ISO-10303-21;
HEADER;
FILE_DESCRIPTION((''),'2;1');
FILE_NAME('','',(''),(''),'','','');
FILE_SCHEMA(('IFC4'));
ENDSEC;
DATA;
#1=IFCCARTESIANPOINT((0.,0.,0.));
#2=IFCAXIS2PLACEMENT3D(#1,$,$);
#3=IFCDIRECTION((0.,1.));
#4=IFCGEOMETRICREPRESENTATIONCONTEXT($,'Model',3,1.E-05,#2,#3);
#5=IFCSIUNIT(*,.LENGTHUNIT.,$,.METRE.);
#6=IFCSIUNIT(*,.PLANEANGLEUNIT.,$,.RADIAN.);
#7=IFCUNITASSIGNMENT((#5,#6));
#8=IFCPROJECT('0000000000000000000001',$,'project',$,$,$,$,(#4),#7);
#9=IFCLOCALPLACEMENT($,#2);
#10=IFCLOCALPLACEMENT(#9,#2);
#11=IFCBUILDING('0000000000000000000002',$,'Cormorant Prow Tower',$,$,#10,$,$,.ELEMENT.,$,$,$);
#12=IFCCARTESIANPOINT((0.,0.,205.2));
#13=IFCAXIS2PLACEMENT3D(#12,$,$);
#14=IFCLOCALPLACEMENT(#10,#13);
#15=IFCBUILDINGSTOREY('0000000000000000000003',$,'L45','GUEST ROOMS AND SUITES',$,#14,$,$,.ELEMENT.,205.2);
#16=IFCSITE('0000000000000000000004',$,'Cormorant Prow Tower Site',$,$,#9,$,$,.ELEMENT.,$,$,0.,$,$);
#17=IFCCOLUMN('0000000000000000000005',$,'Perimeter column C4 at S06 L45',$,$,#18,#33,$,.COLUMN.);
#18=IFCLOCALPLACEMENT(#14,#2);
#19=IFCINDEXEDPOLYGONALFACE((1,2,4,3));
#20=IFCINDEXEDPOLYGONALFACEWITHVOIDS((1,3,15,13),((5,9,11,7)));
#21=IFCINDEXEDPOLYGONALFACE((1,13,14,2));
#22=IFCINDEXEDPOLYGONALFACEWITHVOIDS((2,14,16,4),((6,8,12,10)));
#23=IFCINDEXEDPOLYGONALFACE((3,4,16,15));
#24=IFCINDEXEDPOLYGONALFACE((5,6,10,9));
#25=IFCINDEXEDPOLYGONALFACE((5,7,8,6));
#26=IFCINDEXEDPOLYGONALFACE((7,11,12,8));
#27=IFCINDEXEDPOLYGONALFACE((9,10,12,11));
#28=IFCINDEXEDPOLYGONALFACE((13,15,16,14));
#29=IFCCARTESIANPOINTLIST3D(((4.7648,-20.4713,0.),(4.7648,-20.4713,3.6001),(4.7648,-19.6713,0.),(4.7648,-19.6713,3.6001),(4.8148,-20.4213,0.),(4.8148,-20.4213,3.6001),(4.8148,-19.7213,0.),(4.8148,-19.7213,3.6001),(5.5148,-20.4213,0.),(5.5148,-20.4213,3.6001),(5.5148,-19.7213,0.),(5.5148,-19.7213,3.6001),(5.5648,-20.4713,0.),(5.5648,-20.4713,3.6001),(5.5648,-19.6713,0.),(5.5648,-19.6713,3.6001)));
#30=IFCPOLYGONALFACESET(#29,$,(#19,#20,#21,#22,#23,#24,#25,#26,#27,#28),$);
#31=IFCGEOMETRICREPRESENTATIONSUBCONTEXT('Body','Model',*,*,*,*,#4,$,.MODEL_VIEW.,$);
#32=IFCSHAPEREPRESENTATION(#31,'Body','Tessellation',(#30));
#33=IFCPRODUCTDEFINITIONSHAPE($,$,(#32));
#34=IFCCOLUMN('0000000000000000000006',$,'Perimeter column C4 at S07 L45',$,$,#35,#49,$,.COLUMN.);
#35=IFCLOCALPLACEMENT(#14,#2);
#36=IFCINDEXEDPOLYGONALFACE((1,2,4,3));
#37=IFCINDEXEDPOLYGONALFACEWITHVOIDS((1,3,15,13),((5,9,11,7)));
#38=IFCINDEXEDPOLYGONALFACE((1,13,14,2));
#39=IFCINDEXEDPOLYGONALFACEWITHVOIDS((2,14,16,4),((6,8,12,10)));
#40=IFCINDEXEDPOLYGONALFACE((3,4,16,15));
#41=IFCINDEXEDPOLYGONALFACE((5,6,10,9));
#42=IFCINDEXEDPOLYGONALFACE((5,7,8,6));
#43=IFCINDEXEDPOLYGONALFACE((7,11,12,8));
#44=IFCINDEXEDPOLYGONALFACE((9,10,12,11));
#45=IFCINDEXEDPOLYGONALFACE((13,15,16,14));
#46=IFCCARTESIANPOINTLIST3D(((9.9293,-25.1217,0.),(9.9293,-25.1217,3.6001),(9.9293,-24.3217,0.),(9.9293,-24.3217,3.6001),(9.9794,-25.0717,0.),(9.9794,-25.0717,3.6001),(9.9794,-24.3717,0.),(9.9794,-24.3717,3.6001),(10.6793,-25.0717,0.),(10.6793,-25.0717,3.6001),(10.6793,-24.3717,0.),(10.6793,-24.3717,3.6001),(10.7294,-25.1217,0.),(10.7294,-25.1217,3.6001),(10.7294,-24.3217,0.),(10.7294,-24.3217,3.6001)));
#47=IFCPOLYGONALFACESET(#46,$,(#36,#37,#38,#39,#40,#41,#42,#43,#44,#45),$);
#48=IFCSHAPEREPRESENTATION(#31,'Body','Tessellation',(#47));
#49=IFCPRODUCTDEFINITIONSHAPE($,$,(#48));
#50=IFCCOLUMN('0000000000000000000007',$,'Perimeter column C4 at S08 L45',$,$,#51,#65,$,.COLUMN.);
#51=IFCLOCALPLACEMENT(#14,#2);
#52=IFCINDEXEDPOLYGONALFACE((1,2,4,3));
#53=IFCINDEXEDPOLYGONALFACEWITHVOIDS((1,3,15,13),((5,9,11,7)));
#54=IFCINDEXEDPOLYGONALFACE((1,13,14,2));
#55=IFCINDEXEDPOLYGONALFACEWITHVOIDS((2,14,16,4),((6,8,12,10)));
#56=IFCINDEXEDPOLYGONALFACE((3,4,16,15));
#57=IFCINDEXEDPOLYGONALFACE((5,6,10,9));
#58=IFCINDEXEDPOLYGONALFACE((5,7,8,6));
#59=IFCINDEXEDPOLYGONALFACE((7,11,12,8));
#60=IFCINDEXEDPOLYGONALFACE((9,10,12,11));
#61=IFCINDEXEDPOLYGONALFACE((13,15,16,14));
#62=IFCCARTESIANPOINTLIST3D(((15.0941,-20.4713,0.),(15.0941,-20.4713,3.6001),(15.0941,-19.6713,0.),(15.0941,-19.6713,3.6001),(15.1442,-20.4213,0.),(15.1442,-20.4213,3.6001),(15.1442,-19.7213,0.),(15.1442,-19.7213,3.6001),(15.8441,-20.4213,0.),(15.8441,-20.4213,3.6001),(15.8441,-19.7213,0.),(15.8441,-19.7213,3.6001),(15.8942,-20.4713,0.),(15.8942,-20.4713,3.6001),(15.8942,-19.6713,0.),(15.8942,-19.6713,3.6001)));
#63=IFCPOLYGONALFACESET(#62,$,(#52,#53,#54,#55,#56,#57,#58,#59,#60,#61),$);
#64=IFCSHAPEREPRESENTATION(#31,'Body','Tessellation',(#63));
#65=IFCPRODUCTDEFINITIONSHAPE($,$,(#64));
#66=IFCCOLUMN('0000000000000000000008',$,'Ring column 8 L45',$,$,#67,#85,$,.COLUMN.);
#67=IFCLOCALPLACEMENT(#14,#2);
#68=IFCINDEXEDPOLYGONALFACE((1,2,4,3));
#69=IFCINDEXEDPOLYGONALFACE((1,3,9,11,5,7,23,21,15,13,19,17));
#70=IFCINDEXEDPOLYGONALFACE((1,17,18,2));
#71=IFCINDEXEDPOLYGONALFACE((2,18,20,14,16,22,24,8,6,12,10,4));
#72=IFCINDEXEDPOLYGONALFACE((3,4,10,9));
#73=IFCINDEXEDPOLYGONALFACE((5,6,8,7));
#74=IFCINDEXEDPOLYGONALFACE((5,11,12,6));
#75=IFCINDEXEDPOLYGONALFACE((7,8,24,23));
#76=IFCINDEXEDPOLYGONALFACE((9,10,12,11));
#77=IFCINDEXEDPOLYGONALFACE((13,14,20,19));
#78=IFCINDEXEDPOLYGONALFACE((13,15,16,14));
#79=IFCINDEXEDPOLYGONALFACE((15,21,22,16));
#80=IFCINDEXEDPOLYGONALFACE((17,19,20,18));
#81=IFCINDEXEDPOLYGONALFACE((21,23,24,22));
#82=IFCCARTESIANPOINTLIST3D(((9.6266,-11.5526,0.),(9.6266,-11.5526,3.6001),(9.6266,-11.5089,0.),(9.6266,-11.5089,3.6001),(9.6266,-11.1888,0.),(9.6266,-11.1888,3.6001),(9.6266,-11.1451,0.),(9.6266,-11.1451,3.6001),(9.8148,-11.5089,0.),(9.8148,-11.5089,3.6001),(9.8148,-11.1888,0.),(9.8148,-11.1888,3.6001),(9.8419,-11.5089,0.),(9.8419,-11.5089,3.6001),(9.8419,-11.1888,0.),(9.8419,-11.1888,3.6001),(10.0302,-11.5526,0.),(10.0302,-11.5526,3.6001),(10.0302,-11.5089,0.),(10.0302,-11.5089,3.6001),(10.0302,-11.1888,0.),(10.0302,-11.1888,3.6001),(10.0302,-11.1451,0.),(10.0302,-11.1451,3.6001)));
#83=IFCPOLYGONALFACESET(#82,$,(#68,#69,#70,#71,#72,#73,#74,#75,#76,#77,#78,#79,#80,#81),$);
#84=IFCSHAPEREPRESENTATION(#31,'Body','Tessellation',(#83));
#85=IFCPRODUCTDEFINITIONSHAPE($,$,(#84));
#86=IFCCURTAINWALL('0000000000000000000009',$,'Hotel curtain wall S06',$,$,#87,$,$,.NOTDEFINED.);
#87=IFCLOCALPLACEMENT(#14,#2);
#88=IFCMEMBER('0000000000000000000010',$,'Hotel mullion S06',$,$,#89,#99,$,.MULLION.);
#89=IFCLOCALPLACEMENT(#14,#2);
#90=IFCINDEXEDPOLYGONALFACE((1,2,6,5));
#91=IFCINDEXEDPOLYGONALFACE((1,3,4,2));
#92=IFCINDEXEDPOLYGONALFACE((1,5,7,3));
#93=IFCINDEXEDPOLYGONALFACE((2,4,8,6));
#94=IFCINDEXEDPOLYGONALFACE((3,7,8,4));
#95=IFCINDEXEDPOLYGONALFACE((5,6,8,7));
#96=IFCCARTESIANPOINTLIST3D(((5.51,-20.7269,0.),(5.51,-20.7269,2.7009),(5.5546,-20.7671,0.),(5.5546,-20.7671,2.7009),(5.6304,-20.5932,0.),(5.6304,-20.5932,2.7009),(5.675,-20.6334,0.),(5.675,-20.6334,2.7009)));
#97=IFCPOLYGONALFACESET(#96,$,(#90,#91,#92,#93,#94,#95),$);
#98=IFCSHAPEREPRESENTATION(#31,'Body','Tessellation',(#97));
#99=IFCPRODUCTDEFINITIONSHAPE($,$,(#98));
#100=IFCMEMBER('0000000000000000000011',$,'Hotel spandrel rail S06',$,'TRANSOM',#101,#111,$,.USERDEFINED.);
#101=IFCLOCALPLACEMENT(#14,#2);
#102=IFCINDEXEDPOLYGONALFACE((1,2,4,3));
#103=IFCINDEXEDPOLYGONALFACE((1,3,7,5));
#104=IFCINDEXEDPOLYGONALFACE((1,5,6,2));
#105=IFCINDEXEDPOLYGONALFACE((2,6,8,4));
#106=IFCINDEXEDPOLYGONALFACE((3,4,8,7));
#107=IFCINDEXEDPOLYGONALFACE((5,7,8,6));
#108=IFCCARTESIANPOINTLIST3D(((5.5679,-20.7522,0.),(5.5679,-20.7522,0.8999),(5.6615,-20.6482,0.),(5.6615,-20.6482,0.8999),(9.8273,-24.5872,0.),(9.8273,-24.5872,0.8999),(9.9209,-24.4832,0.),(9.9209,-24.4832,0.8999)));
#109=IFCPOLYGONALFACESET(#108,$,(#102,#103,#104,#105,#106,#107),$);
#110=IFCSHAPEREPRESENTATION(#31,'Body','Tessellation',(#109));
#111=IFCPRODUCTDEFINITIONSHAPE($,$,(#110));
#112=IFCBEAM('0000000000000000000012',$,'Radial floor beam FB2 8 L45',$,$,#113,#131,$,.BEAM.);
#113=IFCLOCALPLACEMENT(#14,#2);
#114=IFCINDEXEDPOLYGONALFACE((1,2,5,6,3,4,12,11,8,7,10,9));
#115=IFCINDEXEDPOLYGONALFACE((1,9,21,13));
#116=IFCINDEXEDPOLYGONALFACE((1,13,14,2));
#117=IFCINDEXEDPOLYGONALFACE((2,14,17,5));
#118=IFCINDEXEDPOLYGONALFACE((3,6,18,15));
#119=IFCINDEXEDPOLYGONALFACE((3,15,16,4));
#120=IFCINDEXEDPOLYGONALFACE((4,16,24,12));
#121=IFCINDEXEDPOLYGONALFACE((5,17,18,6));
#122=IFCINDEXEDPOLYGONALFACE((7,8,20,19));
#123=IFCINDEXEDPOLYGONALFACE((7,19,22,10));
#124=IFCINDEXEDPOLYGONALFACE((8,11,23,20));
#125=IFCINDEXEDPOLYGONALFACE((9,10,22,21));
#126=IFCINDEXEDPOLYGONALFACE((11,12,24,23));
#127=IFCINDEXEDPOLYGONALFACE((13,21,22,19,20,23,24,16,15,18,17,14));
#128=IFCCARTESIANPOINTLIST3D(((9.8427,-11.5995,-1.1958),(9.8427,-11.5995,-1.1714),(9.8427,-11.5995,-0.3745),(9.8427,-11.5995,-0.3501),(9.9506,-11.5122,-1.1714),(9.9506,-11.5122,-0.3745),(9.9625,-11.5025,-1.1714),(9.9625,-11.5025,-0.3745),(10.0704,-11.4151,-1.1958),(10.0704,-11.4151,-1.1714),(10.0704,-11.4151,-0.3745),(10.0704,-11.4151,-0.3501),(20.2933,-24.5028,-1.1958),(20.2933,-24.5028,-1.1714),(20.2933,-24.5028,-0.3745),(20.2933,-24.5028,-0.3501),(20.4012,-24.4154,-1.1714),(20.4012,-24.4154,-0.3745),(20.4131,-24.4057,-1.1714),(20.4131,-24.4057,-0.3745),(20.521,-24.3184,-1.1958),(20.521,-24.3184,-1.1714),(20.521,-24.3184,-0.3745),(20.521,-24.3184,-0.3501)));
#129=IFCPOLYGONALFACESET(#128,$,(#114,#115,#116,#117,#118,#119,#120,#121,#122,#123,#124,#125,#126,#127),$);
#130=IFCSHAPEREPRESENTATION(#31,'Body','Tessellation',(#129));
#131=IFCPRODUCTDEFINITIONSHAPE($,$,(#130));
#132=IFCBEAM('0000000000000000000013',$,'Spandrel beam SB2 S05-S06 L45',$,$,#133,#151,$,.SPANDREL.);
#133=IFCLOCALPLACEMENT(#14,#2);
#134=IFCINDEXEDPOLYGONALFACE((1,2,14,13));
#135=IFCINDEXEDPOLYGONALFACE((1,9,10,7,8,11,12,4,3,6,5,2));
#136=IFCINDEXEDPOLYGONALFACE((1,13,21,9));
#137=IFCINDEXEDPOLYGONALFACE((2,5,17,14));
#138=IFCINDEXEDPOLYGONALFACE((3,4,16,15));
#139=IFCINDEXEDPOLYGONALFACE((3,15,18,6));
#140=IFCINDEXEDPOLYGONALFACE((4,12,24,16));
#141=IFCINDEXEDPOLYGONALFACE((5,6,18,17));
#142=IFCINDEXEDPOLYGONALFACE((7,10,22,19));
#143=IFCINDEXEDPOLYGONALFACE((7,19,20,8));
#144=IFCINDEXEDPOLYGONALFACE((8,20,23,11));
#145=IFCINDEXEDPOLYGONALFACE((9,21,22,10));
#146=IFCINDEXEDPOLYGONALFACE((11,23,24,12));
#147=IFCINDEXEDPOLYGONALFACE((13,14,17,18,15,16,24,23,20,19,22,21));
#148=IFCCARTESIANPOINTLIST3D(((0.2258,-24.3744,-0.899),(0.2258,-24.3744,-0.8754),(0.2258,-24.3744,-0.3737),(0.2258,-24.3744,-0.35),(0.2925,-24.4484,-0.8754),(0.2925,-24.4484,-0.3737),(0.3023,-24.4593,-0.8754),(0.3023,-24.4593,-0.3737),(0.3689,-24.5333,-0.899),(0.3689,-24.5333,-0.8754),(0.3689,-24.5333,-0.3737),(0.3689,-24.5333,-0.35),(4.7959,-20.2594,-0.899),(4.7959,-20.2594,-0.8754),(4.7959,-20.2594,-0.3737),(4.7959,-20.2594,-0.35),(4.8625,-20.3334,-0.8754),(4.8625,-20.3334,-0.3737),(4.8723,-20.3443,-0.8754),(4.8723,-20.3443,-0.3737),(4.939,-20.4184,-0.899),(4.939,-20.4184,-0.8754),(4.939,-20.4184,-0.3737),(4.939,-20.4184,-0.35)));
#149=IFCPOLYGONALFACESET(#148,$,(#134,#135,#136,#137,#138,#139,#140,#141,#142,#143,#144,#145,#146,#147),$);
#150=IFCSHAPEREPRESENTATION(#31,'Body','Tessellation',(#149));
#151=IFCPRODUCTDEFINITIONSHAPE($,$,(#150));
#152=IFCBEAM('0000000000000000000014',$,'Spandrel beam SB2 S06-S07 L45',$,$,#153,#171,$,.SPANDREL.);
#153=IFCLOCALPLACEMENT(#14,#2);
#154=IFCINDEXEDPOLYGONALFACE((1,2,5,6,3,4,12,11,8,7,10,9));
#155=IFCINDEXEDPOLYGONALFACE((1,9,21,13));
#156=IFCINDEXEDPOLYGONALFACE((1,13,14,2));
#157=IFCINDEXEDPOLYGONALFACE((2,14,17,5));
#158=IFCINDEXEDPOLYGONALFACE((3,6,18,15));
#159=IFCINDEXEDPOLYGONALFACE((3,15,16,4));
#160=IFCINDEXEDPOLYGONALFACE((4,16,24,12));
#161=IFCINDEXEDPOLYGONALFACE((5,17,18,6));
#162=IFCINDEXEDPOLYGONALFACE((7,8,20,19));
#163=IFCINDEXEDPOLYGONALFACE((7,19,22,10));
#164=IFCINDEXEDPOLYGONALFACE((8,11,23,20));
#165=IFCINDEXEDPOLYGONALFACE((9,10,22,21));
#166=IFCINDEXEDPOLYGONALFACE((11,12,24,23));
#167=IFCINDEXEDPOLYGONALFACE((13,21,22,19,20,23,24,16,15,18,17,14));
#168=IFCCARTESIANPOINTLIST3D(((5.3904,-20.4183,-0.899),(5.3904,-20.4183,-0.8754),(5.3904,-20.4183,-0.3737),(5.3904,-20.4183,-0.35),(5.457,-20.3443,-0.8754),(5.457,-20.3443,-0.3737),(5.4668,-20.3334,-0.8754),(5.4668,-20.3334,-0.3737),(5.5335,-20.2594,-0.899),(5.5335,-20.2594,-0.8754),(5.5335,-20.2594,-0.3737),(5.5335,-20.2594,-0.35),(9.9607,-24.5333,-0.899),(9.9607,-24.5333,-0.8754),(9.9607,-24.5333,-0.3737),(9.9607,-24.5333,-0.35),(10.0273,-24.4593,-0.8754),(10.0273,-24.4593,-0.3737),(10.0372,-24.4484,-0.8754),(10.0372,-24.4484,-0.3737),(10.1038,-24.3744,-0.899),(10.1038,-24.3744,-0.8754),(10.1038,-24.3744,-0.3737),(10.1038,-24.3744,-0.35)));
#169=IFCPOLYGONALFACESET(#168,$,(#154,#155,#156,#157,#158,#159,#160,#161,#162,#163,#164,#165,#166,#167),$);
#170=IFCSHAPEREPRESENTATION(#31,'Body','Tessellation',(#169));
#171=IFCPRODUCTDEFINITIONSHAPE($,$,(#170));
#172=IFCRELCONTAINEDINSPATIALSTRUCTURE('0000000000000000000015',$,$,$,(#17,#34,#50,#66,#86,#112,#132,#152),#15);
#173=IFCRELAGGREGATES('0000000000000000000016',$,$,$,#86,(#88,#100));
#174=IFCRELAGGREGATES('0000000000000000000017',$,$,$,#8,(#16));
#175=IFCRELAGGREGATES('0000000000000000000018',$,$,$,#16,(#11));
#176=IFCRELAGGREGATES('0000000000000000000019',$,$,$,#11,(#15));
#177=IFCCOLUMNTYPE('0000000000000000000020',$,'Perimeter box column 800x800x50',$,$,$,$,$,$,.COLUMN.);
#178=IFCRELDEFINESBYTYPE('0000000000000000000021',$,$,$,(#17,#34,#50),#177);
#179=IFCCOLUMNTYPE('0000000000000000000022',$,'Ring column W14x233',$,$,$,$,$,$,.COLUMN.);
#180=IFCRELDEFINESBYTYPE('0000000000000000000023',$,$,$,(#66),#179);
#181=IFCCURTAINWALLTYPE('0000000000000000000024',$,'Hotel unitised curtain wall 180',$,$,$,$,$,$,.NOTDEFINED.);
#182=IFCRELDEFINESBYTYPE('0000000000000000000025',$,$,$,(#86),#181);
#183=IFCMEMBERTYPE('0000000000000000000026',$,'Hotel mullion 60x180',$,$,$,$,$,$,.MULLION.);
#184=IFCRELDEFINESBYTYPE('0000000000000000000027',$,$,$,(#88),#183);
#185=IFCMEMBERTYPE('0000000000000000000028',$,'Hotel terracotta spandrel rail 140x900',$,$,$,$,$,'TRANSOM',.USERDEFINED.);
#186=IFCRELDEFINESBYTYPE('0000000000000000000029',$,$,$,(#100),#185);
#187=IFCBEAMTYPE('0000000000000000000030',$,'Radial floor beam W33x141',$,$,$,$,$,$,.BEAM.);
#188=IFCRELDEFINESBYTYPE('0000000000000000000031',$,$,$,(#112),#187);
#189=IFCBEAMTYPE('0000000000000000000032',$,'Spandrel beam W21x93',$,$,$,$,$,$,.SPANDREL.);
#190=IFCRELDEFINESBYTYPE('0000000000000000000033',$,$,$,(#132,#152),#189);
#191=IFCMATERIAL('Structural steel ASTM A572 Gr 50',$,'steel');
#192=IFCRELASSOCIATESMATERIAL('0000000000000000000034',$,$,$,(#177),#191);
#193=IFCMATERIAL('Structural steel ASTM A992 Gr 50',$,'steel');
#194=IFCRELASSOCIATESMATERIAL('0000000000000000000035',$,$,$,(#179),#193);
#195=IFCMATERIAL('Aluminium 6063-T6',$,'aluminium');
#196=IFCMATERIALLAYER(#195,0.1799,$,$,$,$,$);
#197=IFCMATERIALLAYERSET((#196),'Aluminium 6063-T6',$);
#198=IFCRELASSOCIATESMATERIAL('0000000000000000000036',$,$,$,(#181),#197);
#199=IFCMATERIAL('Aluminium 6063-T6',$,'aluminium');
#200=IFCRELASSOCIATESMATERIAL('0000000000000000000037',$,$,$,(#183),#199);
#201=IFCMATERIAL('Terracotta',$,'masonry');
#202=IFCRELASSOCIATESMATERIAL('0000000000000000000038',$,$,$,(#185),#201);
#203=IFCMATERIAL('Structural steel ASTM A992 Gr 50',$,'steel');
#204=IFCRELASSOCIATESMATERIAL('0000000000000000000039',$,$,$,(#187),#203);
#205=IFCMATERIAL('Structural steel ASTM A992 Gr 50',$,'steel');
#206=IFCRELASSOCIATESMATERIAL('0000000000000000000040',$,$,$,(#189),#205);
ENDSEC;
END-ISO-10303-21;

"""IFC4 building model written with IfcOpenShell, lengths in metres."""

from ifc_helpers import new_model, si_unit, direction, frame, origin, origin_2d, place, context, subcontext, project, spatial, rectangle, hollow_rectangle, i_section, extrude, material, layer, layer_set, material_profile, profile_set, type_object, element, aggregate, save


model = new_model("IFC4")

# Units and contexts
model_context = context("Model", 3, precision=1e-05, world=origin(), true_north=direction((0.0, 1.0)))
body_context = subcontext(model_context, "Body", "Model", "MODEL_VIEW")
ifc_project = project(units=[si_unit("LENGTHUNIT", "METRE"), si_unit("PLANEANGLEUNIT", "RADIAN")], contexts=[model_context])

# Site, building, storey
site_placement = place(None, origin())
site = spatial("IfcSite", under=ifc_project, at=site_placement, Name="Cormorant Prow Tower Site", CompositionType="ELEMENT", RefElevation=0.0)
building_placement = place(site_placement, origin())
building = spatial("IfcBuilding", under=site, at=building_placement, Name="Cormorant Prow Tower", CompositionType="ELEMENT")
storey_placement = place(building_placement, frame((0.0, 0.0, 205.2)))
storey = spatial("IfcBuildingStorey", under=building, at=storey_placement, Name="L45", Description="GUEST ROOMS AND SUITES", CompositionType="ELEMENT", Elevation=205.2)

# Columns
ifc_material_1 = material(Name="Structural steel ASTM A572 Gr 50", Category="steel")
ifc_material_profile_1 = material_profile(ifc_material_1, hollow_rectangle(XDim=0.8, YDim=0.8, WallThickness=0.05, at=origin_2d()), Name="Box 800x800x50")
ifc_profile_set_1 = profile_set([ifc_material_profile_1], Name="Structural steel ASTM A572 Gr 50")
column_type_1 = type_object("IfcColumnType", Name="Perimeter box column 800x800x50", PredefinedType="COLUMN", material=ifc_profile_set_1)
for number, where, z_axis, x_axis, name in (
    (1, (5.1648, -20.0713, 0.0), (0.0, 0.0, 1.0), (1.0, 0.0, 0.0), "Perimeter column C4 at S06 L45"),
    (2, (10.3293, -24.7217, 0.0), (0.0, 0.0, 1.0), (1.0, 0.0, 0.0), "Perimeter column C4 at S07 L45"),
    (3, (15.4941, -20.0713, 0.0), (0.0, 0.0, 1.0), (1.0, 0.0, 0.0), "Perimeter column C4 at S08 L45"),
):
    element("IfcColumn", number, at=place(storey_placement, frame(where, z_axis=z_axis, x_axis=x_axis)), inside=storey, type_object=column_type_1, Name=name, PredefinedType="COLUMN", context=body_context, shape_type="SweptSolid", body=[
        extrude(hollow_rectangle(XDim=0.8, YDim=0.8, WallThickness=0.05, at=origin_2d()), origin(), (0.0, 0.0, 1.0), 3.6001),
    ])
ifc_material_2 = material(Name="Structural steel ASTM A992 Gr 50", Category="steel")
ifc_material_profile_2 = material_profile(ifc_material_2, i_section(OverallWidth=0.4036, OverallDepth=0.4075, WebThickness=0.0271, FlangeThickness=0.0437, at=origin_2d()), Name="W14x233")
ifc_profile_set_2 = profile_set([ifc_material_profile_2], Name="Structural steel ASTM A992 Gr 50")
column_type_2 = type_object("IfcColumnType", Name="Ring column W14x233", PredefinedType="COLUMN", material=ifc_profile_set_2)
column_placement = place(storey_placement, frame((9.8284, -11.3489, 0.0), z_axis=(0.0, 0.0, 1.0), x_axis=(1.0, 0.0, 0.0)))
element("IfcColumn", 4, at=column_placement, inside=storey, type_object=column_type_2, Name="Ring column 8 L45", PredefinedType="COLUMN", context=body_context, shape_type="SweptSolid", body=[
    extrude(i_section(OverallWidth=0.4036, OverallDepth=0.4075, WebThickness=0.0271, FlangeThickness=0.0437, at=origin_2d()), origin(), (0.0, 0.0, 1.0), 3.6001),
])

# Curtain wall, members
ifc_material_3 = material(Name="Aluminium 6063-T6", Category="aluminium")
ifc_layer_1 = layer(ifc_material_3, 0.1799)
ifc_layer_set_1 = layer_set([ifc_layer_1], Name="Aluminium 6063-T6")
curtain_wall_type = type_object("IfcCurtainWallType", Name="Hotel unitised curtain wall 180", PredefinedType="NOTDEFINED", material=ifc_layer_set_1)
curtain_wall_placement = place(storey_placement, origin())
curtain_wall = element("IfcCurtainWall", 5, at=curtain_wall_placement, inside=storey, type_object=curtain_wall_type, Name="Hotel curtain wall S06", PredefinedType="NOTDEFINED")
ifc_material_4 = material(Name="Aluminium 6063-T6", Category="aluminium")
ifc_material_profile_3 = material_profile(ifc_material_4, rectangle(XDim=0.1799, YDim=0.0601, at=origin_2d()), Name="Hotel mullion 60x180")
ifc_profile_set_3 = profile_set([ifc_material_profile_3], Name="Aluminium 6063-T6")
member_type_1 = type_object("IfcMemberType", Name="Hotel mullion 60x180", PredefinedType="MULLION", material=ifc_profile_set_3)
member_1_placement = place(storey_placement, frame((5.5925, -20.6802, 0.0), z_axis=(0.0, 0.0, 1.0), x_axis=(0.669131, 0.743145, 0.0)))
member_1 = element("IfcMember", 6, at=member_1_placement, type_object=member_type_1, Name="Hotel mullion S06", PredefinedType="MULLION", context=body_context, shape_type="SweptSolid", body=[
    extrude(rectangle(XDim=0.1799, YDim=0.0601, at=origin_2d()), origin(), (0.0, 0.0, 1.0), 2.7009),
])
ifc_material_5 = material(Name="Terracotta", Category="masonry")
ifc_material_profile_4 = material_profile(ifc_material_5, rectangle(XDim=0.1399, YDim=0.8999, at=origin_2d()), Name="Hotel terracotta spandrel rail 140x900")
ifc_profile_set_4 = profile_set([ifc_material_profile_4], Name="Terracotta")
member_type_2 = type_object("IfcMemberType", Name="Hotel terracotta spandrel rail 140x900", ElementType="TRANSOM", PredefinedType="USERDEFINED", material=ifc_profile_set_4)
member_2_placement = place(storey_placement, frame((5.6147, -20.7002, 0.45), z_axis=(0.743154, -0.66912, 0.0), x_axis=(0.66912, 0.743154, 0.0)))
member_2 = element("IfcMember", 7, at=member_2_placement, type_object=member_type_2, Name="Hotel spandrel rail S06", ObjectType="TRANSOM", PredefinedType="USERDEFINED", context=body_context, shape_type="SweptSolid", body=[
    extrude(rectangle(XDim=0.1399, YDim=0.8999, at=origin_2d()), origin(), (0.0, 0.0, 1.0), 5.7314),
])

# Beams
ifc_material_6 = material(Name="Structural steel ASTM A992 Gr 50", Category="steel")
ifc_material_profile_5 = material_profile(ifc_material_6, i_section(OverallWidth=0.293, OverallDepth=0.8457, WebThickness=0.0154, FlangeThickness=0.0244, at=origin_2d()), Name="W33x141")
ifc_profile_set_5 = profile_set([ifc_material_profile_5], Name="Structural steel ASTM A992 Gr 50")
beam_type_1 = type_object("IfcBeamType", Name="Radial floor beam W33x141", PredefinedType="BEAM", material=ifc_profile_set_5)
beam_1_placement = place(storey_placement, frame((9.9565, -11.5073, -0.7729), z_axis=(0.629385, -0.777094, 0.0), x_axis=(0.777094, 0.629385, 0.0)))
element("IfcBeam", 8, at=beam_1_placement, inside=storey, type_object=beam_type_1, Name="Radial floor beam FB2 8 L45", PredefinedType="BEAM", context=body_context, shape_type="SweptSolid", body=[
    extrude(i_section(OverallWidth=0.293, OverallDepth=0.8457, WebThickness=0.0154, FlangeThickness=0.0244, at=origin_2d()), origin(), (0.0, 0.0, 1.0), 16.6045),
])
ifc_material_7 = material(Name="Structural steel ASTM A992 Gr 50", Category="steel")
ifc_material_profile_6 = material_profile(ifc_material_7, i_section(OverallWidth=0.2139, OverallDepth=0.5491, WebThickness=0.0146, FlangeThickness=0.0237, at=origin_2d()), Name="W21x93")
ifc_profile_set_6 = profile_set([ifc_material_profile_6], Name="Structural steel ASTM A992 Gr 50")
beam_type_2 = type_object("IfcBeamType", Name="Spandrel beam W21x93", PredefinedType="SPANDREL", material=ifc_profile_set_6)
beam_2_placement = place(storey_placement, frame((0.2974, -24.4539, -0.6245), z_axis=(0.743138, 0.669138, 0.0), x_axis=(-0.669138, 0.743138, 0.0)))
element("IfcBeam", 9, at=beam_2_placement, inside=storey, type_object=beam_type_2, Name="Spandrel beam SB2 S05-S06 L45", PredefinedType="SPANDREL", context=body_context, shape_type="SweptSolid", body=[
    extrude(i_section(OverallWidth=0.2139, OverallDepth=0.5491, WebThickness=0.0146, FlangeThickness=0.0237, at=origin_2d()), origin(), (0.0, 0.0, 1.0), 6.1497),
])
beam_3_placement = place(storey_placement, frame((5.4619, -20.3389, -0.6245), z_axis=(0.743156, -0.669118, 0.0), x_axis=(0.669118, 0.743156, 0.0)))
element("IfcBeam", 10, at=beam_3_placement, inside=storey, type_object=beam_type_2, Name="Spandrel beam SB2 S06-S07 L45", PredefinedType="SPANDREL", context=body_context, shape_type="SweptSolid", body=[
    extrude(i_section(OverallWidth=0.2139, OverallDepth=0.5491, WebThickness=0.0146, FlangeThickness=0.0237, at=origin_2d()), origin(), (0.0, 0.0, 1.0), 6.1499),
])

aggregate(curtain_wall, [member_1, member_2])

save(model, "model.ifc")
